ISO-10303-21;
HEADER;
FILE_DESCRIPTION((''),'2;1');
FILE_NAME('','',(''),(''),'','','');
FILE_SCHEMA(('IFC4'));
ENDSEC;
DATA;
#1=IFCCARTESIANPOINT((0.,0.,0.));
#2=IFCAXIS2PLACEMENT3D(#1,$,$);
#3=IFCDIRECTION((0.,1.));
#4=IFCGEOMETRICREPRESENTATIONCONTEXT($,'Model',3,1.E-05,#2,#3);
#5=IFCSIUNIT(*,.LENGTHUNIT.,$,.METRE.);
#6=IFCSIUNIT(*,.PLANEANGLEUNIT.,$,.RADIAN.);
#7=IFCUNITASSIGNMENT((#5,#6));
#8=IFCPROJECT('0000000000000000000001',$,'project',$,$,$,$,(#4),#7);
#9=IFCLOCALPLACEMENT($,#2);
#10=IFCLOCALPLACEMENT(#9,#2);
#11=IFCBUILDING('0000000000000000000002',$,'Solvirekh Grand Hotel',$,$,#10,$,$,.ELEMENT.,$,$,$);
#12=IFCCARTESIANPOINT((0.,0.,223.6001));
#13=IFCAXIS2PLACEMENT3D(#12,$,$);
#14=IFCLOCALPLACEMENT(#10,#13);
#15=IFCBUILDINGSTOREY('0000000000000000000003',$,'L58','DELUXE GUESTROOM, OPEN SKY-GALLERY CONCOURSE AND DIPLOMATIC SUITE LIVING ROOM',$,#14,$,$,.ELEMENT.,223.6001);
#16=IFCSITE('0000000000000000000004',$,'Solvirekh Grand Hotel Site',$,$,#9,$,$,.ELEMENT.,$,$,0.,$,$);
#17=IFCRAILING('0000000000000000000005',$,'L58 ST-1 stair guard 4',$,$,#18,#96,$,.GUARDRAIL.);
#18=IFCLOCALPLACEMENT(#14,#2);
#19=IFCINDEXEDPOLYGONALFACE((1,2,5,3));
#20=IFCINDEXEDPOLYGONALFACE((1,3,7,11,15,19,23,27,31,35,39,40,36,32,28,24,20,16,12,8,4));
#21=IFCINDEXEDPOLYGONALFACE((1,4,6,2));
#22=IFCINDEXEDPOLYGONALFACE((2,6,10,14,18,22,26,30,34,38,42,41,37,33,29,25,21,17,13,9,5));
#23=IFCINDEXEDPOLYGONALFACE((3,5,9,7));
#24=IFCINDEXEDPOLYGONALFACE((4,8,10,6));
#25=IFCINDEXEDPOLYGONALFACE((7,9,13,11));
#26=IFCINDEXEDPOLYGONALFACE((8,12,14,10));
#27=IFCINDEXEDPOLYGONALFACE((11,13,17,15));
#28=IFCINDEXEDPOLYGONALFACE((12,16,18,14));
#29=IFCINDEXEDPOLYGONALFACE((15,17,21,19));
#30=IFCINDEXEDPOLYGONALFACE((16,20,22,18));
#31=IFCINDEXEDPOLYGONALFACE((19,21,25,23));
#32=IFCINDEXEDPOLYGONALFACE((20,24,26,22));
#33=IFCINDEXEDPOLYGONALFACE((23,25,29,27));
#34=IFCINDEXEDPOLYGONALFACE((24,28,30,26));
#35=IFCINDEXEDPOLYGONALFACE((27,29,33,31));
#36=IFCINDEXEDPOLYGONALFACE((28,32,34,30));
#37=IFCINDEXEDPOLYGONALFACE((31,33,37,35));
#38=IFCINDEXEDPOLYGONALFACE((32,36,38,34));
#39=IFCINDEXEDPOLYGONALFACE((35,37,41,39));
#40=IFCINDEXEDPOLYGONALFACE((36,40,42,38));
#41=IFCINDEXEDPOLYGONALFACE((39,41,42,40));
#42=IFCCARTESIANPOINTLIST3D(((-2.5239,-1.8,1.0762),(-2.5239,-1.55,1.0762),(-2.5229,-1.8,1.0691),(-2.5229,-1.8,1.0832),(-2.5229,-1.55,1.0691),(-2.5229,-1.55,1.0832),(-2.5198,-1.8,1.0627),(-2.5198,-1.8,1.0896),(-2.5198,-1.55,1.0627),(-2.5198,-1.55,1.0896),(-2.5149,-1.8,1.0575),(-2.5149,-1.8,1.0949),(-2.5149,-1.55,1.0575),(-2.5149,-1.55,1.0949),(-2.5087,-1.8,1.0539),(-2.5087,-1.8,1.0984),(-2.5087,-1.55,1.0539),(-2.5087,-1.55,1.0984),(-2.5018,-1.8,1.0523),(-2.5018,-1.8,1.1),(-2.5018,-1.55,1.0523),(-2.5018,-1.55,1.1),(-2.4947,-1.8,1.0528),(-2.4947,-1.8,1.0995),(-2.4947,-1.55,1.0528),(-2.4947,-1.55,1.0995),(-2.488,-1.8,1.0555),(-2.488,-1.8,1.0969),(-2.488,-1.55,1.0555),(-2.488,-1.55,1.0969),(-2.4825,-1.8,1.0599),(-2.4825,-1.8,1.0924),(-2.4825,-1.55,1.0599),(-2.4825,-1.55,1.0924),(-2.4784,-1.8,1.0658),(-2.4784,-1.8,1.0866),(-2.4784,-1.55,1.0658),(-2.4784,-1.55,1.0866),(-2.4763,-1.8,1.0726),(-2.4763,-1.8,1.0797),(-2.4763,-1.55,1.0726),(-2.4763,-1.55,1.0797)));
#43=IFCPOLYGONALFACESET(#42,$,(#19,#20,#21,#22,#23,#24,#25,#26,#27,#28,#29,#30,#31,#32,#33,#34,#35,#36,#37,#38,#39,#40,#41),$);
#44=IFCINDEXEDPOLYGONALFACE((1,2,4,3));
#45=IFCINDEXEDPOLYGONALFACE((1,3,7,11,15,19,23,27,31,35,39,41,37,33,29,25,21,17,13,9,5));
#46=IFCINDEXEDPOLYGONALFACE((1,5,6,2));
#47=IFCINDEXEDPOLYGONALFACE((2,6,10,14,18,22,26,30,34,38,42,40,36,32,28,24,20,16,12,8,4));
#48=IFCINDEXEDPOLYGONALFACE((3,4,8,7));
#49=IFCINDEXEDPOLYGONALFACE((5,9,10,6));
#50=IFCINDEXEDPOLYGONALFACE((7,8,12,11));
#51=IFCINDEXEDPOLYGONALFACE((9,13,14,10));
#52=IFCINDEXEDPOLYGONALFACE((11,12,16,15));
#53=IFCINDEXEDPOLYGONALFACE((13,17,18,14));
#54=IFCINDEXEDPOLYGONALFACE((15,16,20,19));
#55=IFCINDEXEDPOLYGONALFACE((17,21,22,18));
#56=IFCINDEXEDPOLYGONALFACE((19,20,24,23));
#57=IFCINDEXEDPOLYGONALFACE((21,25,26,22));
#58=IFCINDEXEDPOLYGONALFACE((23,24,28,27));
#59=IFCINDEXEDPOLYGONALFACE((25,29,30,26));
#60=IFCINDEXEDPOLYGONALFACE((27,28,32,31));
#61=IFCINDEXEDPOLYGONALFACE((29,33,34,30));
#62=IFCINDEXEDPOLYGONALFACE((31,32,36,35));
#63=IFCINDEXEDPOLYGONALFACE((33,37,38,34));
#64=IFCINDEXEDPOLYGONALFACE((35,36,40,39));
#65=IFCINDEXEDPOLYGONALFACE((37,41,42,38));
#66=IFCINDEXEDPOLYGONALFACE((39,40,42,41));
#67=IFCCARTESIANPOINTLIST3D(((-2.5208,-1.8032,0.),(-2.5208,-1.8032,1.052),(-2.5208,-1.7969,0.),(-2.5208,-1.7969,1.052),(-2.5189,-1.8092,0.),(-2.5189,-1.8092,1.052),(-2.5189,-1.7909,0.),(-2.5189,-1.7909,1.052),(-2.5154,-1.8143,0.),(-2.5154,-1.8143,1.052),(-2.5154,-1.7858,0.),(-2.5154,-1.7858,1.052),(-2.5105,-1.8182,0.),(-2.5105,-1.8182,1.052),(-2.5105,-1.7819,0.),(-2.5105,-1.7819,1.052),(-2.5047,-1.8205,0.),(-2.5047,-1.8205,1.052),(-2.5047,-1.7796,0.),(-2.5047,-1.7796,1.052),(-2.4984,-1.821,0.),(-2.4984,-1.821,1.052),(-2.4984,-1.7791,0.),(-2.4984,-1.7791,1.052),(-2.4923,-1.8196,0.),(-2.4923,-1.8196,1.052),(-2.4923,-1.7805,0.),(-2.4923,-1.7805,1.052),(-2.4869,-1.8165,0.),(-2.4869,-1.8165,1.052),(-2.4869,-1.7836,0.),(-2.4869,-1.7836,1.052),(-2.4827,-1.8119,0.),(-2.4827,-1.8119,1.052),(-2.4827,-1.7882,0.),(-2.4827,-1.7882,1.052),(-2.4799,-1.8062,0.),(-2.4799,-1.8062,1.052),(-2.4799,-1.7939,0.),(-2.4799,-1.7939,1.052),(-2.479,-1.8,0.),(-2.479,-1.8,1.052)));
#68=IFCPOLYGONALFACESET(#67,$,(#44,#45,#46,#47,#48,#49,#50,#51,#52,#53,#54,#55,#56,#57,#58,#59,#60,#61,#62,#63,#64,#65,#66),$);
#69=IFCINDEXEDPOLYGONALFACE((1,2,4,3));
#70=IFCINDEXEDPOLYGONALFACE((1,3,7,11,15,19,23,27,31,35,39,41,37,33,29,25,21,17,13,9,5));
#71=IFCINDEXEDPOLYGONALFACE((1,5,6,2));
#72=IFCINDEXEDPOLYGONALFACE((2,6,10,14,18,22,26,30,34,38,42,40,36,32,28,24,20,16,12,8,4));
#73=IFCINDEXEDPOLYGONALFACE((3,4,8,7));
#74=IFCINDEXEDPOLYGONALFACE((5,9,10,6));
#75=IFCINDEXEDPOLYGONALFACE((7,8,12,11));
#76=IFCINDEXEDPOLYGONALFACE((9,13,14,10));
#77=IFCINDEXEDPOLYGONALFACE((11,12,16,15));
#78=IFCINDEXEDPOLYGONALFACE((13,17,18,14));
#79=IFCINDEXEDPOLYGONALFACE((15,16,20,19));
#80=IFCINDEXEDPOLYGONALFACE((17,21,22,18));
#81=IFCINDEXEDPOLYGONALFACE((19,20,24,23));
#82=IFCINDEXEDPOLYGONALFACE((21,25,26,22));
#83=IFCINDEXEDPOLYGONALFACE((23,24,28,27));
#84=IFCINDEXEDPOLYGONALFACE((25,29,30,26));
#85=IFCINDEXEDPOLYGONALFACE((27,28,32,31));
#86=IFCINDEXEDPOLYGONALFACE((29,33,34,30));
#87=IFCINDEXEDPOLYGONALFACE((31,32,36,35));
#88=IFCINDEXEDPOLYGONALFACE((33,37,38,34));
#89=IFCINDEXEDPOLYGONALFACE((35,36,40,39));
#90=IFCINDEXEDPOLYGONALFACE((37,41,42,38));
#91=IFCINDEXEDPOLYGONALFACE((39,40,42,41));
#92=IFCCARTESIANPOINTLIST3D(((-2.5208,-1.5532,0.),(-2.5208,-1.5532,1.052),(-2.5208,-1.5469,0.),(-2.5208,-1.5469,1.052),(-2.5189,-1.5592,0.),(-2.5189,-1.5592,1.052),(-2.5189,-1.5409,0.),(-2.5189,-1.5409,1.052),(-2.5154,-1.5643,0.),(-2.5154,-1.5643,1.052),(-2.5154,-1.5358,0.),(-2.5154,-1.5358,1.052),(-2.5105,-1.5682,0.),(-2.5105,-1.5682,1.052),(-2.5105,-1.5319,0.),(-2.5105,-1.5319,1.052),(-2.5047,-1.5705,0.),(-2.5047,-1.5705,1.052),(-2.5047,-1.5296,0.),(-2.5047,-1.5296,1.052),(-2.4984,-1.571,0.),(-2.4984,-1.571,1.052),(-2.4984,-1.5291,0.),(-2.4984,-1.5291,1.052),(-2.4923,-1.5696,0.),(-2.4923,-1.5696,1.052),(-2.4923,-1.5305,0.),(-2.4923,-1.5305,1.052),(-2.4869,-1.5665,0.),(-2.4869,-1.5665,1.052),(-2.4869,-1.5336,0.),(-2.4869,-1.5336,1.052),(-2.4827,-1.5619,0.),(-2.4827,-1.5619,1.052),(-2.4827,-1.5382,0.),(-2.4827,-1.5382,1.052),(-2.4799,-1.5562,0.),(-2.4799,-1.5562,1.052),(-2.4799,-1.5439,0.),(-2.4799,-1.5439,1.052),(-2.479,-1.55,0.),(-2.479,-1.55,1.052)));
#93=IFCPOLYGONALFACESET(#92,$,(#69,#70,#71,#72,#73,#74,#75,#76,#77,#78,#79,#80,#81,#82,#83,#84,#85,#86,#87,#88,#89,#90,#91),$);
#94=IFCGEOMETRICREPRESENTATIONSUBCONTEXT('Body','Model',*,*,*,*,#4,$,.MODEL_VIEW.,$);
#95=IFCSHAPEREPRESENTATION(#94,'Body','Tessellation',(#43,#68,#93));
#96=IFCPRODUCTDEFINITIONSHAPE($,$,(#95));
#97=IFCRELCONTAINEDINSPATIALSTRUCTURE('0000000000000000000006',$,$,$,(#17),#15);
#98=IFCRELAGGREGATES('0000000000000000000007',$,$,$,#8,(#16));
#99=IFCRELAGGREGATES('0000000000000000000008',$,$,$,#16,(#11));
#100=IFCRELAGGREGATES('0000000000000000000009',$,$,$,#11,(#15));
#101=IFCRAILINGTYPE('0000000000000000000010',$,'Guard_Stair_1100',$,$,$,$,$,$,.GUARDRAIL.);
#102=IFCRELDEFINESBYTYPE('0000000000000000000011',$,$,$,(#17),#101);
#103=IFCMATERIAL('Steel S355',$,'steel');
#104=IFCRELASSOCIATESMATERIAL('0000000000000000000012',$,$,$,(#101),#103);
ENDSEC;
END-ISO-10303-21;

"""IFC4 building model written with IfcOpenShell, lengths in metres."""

from ifc_helpers import new_model, si_unit, direction, frame, origin, origin_2d, place, context, subcontext, project, spatial, circle, extrude, material, type_object, element, save


model = new_model("IFC4")

# Units and contexts
model_context = context("Model", 3, precision=1e-05, world=origin(), true_north=direction((0.0, 1.0)))
body_context = subcontext(model_context, "Body", "Model", "MODEL_VIEW")
ifc_project = project(units=[si_unit("LENGTHUNIT", "METRE"), si_unit("PLANEANGLEUNIT", "RADIAN")], contexts=[model_context])

# Site, building, storey
site_placement = place(None, origin())
site = spatial("IfcSite", under=ifc_project, at=site_placement, Name="Solvirekh Grand Hotel Site", CompositionType="ELEMENT", RefElevation=0.0)
building_placement = place(site_placement, origin())
building = spatial("IfcBuilding", under=site, at=building_placement, Name="Solvirekh Grand Hotel", CompositionType="ELEMENT")
storey_placement = place(building_placement, frame((0.0, 0.0, 223.6001)))
storey = spatial("IfcBuildingStorey", under=building, at=storey_placement, Name="L58", Description="DELUXE GUESTROOM, OPEN SKY-GALLERY CONCOURSE AND DIPLOMATIC SUITE LIVING ROOM", CompositionType="ELEMENT", Elevation=223.6001)

# Shared definitions
ifc_material_1 = material(Name="Steel S355", Category="steel")

# Railing
railing_type_1 = type_object("IfcRailingType", Name="Guard_Stair_1100", PredefinedType="GUARDRAIL", material=ifc_material_1)
railing_1_placement = place(storey_placement, frame((-2.5, -1.8, 0.0)))
element("IfcRailing", 1, at=railing_1_placement, inside=storey, type_object=railing_type_1, Name="L58 ST-1 stair guard 4", PredefinedType="GUARDRAIL", context=body_context, shape_type="SweptSolid", body=[
    extrude(circle(Radius=0.0239, at=origin_2d()), frame((0.0, 0.0, 1.0762), z_axis=(0.0, 1.0, 0.0), x_axis=(-1.0, 0.0, 0.0)), (0.0, 0.0, 1.0), 0.25),
    extrude(circle(Radius=0.021, at=origin_2d()), origin(), (0.0, 0.0, 1.0), 1.052),
    extrude(circle(Radius=0.021, at=origin_2d()), frame((0.0, 0.25, 0.0)), (0.0, 0.0, 1.0), 1.052),
])

save(model, "model.ifc")
